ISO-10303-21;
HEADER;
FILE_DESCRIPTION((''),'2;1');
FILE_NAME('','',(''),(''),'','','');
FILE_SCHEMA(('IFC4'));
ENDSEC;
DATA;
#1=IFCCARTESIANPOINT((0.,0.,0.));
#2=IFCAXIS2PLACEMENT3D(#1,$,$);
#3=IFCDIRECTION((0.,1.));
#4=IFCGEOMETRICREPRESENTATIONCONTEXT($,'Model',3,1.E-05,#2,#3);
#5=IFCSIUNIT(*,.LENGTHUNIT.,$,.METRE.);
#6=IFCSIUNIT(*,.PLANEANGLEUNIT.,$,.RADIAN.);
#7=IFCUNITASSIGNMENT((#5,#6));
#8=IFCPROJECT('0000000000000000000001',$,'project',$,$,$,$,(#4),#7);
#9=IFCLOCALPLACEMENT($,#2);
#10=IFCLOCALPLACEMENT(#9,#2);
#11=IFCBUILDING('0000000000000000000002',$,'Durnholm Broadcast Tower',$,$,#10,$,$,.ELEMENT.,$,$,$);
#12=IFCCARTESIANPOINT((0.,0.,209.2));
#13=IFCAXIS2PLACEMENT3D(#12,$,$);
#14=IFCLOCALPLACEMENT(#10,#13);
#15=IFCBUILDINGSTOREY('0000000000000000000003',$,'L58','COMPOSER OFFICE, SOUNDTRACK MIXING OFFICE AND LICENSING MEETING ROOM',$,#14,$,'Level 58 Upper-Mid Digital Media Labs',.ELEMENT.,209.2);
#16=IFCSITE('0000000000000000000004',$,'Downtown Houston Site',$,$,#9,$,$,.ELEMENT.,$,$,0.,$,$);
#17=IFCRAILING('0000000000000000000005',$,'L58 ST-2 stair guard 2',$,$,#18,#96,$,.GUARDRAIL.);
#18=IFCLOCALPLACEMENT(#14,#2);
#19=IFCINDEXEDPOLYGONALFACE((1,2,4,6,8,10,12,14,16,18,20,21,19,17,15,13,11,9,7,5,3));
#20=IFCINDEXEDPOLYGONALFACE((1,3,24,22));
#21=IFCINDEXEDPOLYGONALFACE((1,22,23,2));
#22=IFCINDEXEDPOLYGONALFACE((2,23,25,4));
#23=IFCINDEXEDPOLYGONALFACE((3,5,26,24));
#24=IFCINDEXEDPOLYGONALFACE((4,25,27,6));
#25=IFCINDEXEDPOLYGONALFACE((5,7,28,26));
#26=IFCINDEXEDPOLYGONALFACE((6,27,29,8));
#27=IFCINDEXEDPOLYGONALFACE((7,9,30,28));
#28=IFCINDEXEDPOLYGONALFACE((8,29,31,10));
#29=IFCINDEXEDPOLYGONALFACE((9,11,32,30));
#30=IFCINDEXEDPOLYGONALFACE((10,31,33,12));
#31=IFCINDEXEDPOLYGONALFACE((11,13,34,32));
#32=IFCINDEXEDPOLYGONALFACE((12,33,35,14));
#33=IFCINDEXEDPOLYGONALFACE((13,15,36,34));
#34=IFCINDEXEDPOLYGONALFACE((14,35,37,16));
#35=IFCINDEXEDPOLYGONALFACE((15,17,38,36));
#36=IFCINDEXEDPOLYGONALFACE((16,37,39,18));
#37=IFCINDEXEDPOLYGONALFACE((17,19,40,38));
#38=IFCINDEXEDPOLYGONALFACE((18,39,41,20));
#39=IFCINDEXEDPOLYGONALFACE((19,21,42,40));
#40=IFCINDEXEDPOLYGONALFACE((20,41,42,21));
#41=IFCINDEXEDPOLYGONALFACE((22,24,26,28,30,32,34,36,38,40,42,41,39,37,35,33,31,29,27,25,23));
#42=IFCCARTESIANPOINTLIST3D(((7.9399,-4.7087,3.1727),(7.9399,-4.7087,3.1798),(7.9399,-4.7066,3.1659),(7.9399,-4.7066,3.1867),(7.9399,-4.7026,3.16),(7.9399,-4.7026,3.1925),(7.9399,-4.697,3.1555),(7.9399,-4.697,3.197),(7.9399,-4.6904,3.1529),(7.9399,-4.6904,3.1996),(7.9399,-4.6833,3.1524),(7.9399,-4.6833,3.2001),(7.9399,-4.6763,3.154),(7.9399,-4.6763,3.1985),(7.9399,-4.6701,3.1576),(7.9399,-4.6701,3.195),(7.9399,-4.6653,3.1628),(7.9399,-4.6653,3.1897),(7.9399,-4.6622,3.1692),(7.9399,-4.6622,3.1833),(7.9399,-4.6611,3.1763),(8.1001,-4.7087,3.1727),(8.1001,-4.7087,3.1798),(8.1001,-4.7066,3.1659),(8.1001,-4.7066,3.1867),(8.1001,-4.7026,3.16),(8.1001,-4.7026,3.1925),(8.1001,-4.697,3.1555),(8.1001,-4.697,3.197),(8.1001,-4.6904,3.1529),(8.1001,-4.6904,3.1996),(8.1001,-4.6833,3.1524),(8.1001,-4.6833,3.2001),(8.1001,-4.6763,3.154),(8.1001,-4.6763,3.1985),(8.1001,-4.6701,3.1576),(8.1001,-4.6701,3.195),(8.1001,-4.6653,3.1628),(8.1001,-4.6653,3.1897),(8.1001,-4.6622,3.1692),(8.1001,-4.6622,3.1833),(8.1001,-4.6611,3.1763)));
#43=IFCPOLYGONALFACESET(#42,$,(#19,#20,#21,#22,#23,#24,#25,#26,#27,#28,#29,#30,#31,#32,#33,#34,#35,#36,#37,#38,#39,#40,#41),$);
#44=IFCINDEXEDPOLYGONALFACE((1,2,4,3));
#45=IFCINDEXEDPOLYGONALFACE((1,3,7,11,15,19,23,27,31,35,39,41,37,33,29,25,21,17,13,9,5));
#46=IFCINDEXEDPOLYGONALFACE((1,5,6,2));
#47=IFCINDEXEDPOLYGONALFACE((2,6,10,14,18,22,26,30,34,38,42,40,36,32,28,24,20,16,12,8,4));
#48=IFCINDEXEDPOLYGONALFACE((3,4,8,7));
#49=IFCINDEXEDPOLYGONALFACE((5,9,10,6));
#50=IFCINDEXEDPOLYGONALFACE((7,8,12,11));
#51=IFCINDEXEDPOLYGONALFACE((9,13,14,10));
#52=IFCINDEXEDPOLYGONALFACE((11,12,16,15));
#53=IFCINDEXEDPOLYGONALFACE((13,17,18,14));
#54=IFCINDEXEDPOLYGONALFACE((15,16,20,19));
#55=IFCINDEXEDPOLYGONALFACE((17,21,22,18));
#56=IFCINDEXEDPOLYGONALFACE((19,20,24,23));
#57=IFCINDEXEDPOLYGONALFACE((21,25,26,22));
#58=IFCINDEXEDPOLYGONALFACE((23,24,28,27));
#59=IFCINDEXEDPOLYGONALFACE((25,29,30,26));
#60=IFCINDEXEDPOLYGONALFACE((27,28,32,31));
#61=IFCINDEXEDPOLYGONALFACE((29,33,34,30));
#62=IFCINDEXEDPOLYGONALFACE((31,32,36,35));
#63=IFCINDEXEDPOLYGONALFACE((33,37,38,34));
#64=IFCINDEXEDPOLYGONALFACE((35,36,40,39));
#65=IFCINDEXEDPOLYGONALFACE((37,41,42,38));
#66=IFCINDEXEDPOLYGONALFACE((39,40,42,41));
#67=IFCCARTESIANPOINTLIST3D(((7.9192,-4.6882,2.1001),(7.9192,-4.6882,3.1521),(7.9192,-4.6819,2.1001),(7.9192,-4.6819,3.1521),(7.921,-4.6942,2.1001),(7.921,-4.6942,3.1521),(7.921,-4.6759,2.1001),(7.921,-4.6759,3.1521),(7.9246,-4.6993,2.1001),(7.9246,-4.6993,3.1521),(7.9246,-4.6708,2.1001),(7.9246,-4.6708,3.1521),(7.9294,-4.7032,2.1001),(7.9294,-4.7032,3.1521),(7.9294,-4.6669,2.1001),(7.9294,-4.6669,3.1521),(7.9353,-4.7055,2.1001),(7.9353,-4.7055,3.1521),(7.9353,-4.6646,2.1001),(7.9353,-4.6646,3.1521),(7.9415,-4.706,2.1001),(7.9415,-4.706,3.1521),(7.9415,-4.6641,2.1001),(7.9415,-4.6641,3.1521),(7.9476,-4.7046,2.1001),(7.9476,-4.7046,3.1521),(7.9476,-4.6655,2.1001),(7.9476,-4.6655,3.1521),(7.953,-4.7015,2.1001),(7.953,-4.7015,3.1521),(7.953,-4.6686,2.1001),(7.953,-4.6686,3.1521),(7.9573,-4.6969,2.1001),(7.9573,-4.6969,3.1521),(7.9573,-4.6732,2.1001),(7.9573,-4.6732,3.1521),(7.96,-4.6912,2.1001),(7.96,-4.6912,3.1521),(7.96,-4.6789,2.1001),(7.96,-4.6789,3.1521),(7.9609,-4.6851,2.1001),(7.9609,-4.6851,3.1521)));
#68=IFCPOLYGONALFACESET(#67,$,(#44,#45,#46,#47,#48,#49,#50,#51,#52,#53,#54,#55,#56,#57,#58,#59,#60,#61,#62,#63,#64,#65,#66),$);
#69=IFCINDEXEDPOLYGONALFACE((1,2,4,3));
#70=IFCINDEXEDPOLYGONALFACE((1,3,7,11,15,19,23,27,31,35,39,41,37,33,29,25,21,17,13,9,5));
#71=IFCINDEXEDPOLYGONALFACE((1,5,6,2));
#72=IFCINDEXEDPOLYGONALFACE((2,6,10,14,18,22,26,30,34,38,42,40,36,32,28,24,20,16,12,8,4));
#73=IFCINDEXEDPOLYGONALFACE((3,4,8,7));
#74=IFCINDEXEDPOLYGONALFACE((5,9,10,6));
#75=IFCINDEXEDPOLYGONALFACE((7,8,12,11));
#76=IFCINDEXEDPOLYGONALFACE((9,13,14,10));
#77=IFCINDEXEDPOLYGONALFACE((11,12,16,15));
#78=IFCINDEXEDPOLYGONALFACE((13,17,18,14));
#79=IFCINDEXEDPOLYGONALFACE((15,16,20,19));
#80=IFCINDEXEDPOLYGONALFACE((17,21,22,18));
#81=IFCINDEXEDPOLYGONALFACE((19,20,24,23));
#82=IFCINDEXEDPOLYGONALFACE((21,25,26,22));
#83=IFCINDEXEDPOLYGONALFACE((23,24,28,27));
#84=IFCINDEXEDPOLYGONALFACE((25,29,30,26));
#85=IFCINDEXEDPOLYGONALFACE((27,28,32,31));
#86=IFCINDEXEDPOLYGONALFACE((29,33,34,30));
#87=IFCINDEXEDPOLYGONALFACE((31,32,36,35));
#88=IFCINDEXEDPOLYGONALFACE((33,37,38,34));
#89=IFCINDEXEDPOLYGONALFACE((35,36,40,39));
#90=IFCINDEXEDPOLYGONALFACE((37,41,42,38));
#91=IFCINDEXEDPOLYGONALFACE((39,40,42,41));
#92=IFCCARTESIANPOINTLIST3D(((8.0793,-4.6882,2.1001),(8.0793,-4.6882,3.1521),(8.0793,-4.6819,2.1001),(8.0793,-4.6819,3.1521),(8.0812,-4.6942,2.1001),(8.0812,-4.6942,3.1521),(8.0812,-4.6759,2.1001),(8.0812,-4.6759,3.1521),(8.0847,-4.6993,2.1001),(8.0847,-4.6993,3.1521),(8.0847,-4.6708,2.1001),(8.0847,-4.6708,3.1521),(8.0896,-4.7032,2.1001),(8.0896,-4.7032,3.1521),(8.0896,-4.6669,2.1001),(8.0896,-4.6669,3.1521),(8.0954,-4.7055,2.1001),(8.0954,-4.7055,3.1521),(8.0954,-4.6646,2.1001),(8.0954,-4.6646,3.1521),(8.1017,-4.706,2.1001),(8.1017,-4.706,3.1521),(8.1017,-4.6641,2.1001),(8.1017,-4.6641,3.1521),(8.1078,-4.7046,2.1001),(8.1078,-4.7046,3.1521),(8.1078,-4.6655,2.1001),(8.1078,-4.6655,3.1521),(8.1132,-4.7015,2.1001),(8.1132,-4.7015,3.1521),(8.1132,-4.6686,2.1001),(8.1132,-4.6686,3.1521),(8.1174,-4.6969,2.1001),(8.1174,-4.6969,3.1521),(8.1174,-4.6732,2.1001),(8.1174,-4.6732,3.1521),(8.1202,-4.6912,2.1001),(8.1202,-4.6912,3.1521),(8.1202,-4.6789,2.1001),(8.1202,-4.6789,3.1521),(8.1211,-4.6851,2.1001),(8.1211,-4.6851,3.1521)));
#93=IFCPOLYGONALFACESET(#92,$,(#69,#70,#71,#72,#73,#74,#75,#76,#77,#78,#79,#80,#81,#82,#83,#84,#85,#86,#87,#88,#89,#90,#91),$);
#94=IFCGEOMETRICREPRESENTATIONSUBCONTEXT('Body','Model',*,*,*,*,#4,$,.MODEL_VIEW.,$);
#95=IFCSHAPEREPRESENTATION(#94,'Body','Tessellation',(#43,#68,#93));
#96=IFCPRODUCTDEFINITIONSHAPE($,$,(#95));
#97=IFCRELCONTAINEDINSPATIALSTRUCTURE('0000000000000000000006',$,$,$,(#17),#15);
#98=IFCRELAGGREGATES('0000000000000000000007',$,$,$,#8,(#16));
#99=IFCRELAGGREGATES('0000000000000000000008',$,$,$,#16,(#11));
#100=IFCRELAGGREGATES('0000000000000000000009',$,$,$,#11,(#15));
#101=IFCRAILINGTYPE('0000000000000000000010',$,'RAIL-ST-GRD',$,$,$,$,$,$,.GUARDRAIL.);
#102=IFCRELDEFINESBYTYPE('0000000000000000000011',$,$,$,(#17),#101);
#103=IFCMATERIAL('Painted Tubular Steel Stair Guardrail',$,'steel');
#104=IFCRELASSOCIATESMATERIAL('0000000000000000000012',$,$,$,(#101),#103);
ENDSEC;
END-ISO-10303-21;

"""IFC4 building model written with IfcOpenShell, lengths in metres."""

from ifc_helpers import new_model, si_unit, direction, frame, origin, origin_2d, place, context, subcontext, project, spatial, circle, extrude, material, type_object, element, save


model = new_model("IFC4")

# Units and contexts
model_context = context("Model", 3, precision=1e-05, world=origin(), true_north=direction((0.0, 1.0)))
body_context = subcontext(model_context, "Body", "Model", "MODEL_VIEW")
ifc_project = project(units=[si_unit("LENGTHUNIT", "METRE"), si_unit("PLANEANGLEUNIT", "RADIAN")], contexts=[model_context])

# Site, building, storey
site_placement = place(None, origin())
site = spatial("IfcSite", under=ifc_project, at=site_placement, Name="Downtown Houston Site", CompositionType="ELEMENT", RefElevation=0.0)
building_placement = place(site_placement, origin())
building = spatial("IfcBuilding", under=site, at=building_placement, Name="Durnholm Broadcast Tower", CompositionType="ELEMENT")
storey_placement = place(building_placement, frame((0.0, 0.0, 209.2)))
storey = spatial("IfcBuildingStorey", under=building, at=storey_placement, Name="L58", Description="COMPOSER OFFICE, SOUNDTRACK MIXING OFFICE AND LICENSING MEETING ROOM", LongName="Level 58 Upper-Mid Digital Media Labs", CompositionType="ELEMENT", Elevation=209.2)

# Railing
ifc_material_1 = material(Name="Painted Tubular Steel Stair Guardrail", Category="steel")
railing_type_1 = type_object("IfcRailingType", Name="RAIL-ST-GRD", PredefinedType="GUARDRAIL", material=ifc_material_1)
railing_1_placement = place(storey_placement, frame((7.9399, -4.6851, 2.1001)))
element("IfcRailing", 1, at=railing_1_placement, inside=storey, type_object=railing_type_1, Name="L58 ST-2 stair guard 2", PredefinedType="GUARDRAIL", context=body_context, shape_type="SweptSolid", body=[
    extrude(circle(Radius=0.0239, at=origin_2d()), frame((0.0, 0.0, 1.0762), z_axis=(1.0, 0.0, 0.0), x_axis=(0.0, 1.0, 0.0)), (0.0, 0.0, 1.0), 0.1602),
    extrude(circle(Radius=0.021, at=origin_2d()), origin(), (0.0, 0.0, 1.0), 1.052),
    extrude(circle(Radius=0.021, at=origin_2d()), frame((0.1602, 0.0, 0.0)), (0.0, 0.0, 1.0), 1.052),
])

save(model, "model.ifc")
